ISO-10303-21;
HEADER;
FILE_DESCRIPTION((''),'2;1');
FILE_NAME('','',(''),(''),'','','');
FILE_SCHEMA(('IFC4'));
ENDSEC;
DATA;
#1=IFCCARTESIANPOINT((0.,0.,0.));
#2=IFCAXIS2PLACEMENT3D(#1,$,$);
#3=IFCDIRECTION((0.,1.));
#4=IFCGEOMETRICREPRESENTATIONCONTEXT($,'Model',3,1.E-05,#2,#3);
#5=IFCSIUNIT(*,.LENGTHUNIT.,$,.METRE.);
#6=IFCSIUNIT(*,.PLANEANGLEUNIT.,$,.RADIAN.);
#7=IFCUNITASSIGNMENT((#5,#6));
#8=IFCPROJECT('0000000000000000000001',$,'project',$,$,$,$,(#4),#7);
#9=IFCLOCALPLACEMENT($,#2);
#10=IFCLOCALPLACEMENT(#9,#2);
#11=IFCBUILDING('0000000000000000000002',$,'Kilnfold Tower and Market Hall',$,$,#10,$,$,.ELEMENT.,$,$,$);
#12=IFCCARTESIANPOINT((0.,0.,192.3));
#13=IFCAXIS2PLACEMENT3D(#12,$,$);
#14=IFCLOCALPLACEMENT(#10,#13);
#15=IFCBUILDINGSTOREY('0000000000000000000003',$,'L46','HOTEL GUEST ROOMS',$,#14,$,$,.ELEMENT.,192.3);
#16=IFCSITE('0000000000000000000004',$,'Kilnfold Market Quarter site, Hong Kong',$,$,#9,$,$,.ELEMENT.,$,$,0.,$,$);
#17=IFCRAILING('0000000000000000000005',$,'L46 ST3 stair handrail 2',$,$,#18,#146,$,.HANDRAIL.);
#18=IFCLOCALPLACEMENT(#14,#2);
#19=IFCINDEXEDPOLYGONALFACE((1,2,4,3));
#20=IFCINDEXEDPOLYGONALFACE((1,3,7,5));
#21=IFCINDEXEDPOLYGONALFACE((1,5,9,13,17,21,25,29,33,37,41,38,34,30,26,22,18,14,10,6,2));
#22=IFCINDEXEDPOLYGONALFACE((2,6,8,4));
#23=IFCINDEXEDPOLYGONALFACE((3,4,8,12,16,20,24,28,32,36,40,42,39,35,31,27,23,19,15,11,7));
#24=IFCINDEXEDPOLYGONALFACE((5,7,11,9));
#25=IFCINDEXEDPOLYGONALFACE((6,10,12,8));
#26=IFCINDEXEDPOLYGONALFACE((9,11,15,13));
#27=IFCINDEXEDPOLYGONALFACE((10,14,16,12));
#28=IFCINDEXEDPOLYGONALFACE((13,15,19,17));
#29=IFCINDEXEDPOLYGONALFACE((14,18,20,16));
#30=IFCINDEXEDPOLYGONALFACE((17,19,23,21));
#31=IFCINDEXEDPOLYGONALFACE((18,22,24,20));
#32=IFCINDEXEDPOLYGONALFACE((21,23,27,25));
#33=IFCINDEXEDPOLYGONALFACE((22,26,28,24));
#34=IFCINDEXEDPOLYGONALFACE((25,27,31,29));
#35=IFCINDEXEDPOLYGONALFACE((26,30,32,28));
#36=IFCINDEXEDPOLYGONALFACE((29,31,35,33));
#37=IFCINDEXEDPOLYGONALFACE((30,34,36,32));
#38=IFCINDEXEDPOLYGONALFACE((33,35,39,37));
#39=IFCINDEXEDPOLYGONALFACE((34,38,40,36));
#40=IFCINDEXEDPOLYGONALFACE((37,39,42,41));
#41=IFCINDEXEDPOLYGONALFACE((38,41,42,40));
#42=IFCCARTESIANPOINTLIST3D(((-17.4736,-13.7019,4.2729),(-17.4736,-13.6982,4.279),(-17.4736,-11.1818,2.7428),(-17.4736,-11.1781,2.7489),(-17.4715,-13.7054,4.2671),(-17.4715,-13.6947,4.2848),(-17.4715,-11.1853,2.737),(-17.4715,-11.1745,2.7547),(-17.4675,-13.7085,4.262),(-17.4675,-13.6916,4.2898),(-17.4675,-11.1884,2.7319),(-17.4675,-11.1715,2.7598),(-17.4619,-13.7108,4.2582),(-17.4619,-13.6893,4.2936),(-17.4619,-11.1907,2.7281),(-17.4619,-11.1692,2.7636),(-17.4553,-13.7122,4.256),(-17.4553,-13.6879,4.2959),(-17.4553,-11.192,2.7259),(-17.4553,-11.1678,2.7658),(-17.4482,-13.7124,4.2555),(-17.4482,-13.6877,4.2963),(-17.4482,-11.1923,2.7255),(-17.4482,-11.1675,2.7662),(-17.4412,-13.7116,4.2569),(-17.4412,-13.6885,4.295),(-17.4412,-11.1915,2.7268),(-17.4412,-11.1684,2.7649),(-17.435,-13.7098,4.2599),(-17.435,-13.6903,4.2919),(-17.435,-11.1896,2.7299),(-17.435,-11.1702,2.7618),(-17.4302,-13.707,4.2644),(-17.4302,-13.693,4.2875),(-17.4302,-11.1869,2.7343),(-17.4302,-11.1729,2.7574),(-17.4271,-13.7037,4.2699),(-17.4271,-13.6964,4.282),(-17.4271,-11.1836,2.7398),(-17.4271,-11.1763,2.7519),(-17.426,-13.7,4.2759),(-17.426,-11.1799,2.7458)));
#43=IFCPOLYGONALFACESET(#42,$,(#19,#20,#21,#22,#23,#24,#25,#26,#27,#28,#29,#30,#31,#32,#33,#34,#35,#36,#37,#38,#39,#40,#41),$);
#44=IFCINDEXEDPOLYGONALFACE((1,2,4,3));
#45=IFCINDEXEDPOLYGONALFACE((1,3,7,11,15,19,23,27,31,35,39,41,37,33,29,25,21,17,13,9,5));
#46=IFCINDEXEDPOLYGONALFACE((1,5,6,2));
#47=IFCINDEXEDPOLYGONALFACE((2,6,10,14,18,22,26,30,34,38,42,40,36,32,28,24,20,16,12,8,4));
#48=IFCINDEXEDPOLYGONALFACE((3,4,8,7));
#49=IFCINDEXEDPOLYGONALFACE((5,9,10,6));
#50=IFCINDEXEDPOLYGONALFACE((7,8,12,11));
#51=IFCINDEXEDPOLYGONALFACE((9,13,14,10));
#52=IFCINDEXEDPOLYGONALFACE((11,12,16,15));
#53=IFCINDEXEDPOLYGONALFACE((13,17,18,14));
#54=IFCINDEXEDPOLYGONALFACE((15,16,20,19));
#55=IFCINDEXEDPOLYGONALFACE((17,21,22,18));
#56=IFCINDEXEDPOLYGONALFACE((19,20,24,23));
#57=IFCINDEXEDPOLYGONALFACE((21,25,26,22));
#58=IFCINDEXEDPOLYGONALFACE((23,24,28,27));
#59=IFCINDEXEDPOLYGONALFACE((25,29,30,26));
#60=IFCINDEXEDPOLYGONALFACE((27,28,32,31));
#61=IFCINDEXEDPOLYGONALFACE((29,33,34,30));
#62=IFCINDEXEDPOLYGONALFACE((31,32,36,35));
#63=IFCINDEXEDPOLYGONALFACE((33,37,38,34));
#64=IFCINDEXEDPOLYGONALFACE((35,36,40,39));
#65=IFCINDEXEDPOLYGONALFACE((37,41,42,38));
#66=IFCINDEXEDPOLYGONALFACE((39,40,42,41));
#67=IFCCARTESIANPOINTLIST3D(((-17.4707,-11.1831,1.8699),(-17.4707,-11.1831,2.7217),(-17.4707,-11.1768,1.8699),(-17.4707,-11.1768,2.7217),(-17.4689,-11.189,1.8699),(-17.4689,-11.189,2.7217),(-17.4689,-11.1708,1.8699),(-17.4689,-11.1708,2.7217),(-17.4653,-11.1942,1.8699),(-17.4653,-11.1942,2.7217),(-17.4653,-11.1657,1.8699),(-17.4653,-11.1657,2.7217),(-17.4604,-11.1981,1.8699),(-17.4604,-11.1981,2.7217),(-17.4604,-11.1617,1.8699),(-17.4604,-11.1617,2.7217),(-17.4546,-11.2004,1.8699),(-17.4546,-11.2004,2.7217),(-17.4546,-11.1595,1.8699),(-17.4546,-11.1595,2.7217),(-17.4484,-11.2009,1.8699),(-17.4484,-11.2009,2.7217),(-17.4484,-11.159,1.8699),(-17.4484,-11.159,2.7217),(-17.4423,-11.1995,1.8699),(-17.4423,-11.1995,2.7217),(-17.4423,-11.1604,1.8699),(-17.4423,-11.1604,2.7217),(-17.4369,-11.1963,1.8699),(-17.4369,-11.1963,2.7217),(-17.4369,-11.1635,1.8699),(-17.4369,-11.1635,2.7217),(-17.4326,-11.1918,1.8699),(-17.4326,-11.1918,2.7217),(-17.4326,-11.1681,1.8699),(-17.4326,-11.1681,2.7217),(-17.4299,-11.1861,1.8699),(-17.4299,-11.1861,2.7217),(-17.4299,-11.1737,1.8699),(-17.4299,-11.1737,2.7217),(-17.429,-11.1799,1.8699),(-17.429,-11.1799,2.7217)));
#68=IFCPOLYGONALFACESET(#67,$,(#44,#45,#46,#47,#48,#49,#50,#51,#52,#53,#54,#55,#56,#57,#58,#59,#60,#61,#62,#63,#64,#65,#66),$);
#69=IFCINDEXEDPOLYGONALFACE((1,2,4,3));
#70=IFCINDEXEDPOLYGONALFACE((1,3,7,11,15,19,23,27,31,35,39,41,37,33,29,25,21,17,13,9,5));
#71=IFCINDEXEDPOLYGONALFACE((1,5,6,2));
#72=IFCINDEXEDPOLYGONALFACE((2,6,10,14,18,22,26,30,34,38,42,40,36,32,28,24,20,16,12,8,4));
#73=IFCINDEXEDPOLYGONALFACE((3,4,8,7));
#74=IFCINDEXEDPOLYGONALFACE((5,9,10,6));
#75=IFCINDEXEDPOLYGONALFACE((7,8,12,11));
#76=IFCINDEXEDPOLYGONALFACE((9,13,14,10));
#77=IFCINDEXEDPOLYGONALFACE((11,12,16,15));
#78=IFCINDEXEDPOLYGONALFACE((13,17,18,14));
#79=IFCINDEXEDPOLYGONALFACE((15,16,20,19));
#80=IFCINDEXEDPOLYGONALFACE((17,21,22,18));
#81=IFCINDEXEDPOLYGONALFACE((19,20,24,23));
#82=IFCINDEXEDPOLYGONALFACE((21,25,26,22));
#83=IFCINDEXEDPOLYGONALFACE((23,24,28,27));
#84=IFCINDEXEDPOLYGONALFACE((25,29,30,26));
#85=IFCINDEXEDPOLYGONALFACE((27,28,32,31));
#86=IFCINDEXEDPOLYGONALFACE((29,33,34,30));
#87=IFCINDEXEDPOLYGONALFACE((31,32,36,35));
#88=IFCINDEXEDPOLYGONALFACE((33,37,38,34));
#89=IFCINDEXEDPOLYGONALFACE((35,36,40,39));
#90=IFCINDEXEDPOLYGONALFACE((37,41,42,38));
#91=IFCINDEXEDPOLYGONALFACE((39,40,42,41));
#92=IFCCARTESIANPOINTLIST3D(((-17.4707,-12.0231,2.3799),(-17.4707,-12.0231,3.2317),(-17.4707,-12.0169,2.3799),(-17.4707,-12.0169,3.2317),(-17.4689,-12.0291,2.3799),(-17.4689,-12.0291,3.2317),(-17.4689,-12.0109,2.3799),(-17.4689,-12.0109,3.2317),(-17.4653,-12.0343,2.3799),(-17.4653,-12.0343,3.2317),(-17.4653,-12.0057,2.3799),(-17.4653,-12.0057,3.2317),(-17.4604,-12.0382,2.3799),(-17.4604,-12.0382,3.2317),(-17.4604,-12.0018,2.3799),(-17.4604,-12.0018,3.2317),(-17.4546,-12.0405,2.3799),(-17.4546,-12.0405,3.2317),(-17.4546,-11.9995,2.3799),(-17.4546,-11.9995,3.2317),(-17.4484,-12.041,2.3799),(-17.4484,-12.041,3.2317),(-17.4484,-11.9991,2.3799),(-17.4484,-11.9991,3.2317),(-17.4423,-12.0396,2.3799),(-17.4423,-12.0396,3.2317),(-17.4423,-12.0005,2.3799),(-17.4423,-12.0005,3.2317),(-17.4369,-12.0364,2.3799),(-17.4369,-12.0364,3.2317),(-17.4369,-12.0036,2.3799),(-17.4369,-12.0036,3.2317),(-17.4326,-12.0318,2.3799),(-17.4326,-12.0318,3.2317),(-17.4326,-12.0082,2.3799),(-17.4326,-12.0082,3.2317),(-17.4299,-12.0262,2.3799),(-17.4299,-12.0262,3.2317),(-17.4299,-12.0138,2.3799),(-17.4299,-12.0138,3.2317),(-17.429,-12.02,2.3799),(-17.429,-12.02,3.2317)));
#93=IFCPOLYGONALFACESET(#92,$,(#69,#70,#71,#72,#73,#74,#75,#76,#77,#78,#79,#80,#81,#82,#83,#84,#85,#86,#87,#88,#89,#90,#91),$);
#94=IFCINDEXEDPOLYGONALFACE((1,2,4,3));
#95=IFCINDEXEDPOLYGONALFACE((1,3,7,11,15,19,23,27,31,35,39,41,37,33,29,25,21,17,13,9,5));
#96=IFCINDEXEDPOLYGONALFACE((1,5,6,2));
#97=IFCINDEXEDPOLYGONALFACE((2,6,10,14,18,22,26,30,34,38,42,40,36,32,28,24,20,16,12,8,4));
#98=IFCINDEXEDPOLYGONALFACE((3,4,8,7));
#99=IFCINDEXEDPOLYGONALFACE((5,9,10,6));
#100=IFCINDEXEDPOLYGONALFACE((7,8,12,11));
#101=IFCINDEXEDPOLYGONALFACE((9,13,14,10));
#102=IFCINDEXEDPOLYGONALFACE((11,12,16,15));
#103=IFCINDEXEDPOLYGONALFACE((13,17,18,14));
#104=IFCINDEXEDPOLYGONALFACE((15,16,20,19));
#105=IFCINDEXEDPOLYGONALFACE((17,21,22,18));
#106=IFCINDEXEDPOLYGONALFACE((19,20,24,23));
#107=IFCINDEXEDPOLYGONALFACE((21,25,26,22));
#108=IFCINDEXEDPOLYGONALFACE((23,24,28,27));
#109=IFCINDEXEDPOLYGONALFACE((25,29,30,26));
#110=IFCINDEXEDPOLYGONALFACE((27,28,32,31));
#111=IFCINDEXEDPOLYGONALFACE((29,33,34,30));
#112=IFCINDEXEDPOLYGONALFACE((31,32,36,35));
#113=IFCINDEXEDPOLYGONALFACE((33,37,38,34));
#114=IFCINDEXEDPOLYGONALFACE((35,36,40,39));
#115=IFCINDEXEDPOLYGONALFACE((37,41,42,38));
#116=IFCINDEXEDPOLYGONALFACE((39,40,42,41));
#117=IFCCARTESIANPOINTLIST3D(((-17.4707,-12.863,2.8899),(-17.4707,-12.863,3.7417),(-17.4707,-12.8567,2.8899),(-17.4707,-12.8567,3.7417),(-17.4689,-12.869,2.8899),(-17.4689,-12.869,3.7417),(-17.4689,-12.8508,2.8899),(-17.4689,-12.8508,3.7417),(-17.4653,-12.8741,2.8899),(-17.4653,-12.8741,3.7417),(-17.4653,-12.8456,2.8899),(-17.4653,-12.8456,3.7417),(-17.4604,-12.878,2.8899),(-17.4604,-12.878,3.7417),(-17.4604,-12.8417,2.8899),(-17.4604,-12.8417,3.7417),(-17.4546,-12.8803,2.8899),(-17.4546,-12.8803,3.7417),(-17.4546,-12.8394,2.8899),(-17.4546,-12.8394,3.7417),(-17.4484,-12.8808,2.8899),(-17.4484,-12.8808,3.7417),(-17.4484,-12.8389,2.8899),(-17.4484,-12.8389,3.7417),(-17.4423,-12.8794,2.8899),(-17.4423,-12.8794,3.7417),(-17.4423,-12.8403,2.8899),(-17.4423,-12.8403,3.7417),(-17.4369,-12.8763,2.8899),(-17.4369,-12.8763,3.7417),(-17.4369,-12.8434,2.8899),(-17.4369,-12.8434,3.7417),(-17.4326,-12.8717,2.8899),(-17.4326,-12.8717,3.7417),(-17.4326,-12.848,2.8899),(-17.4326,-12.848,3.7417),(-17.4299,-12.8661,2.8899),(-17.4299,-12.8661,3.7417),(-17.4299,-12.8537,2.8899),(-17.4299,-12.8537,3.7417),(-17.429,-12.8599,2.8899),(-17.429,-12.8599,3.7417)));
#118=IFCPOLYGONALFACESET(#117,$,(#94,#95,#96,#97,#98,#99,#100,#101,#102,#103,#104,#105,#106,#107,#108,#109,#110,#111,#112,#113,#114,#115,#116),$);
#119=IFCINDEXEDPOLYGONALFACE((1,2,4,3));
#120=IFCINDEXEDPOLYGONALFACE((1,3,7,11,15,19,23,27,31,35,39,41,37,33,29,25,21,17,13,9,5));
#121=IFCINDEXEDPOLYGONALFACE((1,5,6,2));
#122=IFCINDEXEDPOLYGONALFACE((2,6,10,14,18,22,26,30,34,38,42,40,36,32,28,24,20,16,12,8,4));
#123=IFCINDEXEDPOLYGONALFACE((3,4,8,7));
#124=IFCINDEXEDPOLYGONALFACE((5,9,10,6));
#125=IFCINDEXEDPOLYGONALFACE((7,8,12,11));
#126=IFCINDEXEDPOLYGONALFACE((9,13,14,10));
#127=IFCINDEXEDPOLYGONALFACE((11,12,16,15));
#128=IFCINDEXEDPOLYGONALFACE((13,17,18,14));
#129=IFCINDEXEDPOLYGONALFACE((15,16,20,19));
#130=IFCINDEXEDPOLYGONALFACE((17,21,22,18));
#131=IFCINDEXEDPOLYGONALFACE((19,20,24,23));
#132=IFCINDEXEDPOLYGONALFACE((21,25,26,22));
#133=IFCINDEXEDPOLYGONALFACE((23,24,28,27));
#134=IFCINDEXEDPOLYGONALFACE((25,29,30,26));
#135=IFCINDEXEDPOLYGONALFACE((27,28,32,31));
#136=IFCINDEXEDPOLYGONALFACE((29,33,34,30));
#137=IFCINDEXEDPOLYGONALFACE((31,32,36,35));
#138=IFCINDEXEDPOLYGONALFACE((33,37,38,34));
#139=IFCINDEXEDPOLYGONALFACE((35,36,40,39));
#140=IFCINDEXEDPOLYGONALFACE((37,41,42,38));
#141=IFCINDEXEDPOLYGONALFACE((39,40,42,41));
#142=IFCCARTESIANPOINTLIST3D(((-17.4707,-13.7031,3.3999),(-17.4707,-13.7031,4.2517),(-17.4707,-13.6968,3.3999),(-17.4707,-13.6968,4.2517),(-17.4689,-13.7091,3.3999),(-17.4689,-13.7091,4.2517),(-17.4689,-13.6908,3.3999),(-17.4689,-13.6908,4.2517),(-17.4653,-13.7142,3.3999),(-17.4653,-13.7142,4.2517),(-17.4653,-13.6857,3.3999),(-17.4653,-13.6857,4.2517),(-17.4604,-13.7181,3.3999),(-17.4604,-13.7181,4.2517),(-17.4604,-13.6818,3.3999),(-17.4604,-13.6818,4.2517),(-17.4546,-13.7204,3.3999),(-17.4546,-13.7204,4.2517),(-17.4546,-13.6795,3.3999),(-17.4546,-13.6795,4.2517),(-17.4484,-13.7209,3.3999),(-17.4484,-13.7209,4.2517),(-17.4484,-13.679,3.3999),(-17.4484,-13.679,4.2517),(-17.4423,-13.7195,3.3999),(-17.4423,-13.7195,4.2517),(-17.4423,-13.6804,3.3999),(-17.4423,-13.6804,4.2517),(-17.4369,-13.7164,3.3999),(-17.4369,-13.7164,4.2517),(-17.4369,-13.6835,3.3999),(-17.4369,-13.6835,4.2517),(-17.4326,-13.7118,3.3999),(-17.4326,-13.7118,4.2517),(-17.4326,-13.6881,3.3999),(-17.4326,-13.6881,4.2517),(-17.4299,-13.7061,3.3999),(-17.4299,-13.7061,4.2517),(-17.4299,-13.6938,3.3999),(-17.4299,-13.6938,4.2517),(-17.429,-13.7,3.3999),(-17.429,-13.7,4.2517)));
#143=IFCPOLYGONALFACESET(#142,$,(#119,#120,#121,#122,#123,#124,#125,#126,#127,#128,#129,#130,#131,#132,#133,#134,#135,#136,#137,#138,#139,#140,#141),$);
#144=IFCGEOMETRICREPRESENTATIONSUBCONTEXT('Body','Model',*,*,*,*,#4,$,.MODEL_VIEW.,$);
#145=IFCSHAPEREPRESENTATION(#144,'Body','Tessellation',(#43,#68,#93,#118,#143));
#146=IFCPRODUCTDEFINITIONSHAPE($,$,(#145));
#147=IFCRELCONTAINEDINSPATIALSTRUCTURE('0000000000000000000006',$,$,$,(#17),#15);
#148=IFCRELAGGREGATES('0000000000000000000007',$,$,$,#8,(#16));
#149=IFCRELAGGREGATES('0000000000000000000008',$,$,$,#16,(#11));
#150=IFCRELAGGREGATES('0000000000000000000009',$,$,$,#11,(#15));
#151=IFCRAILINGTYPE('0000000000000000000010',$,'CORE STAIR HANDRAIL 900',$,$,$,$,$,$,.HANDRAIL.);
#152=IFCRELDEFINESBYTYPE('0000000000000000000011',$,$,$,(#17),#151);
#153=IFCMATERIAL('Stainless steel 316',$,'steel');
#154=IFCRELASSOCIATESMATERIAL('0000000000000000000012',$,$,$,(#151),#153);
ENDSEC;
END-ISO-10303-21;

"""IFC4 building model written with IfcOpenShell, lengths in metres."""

from ifc_helpers import new_model, si_unit, direction, frame, origin, origin_2d, place, context, subcontext, project, spatial, circle, extrude, material, type_object, element, save


model = new_model("IFC4")

# Units and contexts
model_context = context("Model", 3, precision=1e-05, world=origin(), true_north=direction((0.0, 1.0)))
body_context = subcontext(model_context, "Body", "Model", "MODEL_VIEW")
ifc_project = project(units=[si_unit("LENGTHUNIT", "METRE"), si_unit("PLANEANGLEUNIT", "RADIAN")], contexts=[model_context])

# Site, building, storey
site_placement = place(None, origin())
site = spatial("IfcSite", under=ifc_project, at=site_placement, Name="Kilnfold Market Quarter site, Hong Kong", CompositionType="ELEMENT", RefElevation=0.0)
building_placement = place(site_placement, origin())
building = spatial("IfcBuilding", under=site, at=building_placement, Name="Kilnfold Tower and Market Hall", CompositionType="ELEMENT")
storey_placement = place(building_placement, frame((0.0, 0.0, 192.3)))
storey = spatial("IfcBuildingStorey", under=building, at=storey_placement, Name="L46", Description="HOTEL GUEST ROOMS", CompositionType="ELEMENT", Elevation=192.3)

# Railing
ifc_material_1 = material(Name="Stainless steel 316", Category="steel")
railing_type = type_object("IfcRailingType", Name="CORE STAIR HANDRAIL 900", PredefinedType="HANDRAIL", material=ifc_material_1)
railing_placement = place(storey_placement, frame((-17.45, -11.1799, 1.8699)))
element("IfcRailing", 1, at=railing_placement, inside=storey, type_object=railing_type, Name="L46 ST3 stair handrail 2", PredefinedType="HANDRAIL", context=body_context, shape_type="SweptSolid", body=[
    extrude(circle(Radius=0.0239, at=origin_2d()), frame((0.0, 0.0, 0.876), z_axis=(0.0, -0.854785, 0.518982), x_axis=(1.0, 0.0, 0.0)), (0.0, 0.0, 1.0), 2.9482),
    extrude(circle(Radius=0.021, at=origin_2d()), origin(), (0.0, 0.0, 1.0), 0.8518),
    extrude(circle(Radius=0.021, at=origin_2d()), frame((0.0, -0.8401, 0.51)), (0.0, 0.0, 1.0), 0.8518),
    extrude(circle(Radius=0.021, at=origin_2d()), frame((0.0, -1.6799, 1.02)), (0.0, 0.0, 1.0), 0.8518),
    extrude(circle(Radius=0.021, at=origin_2d()), frame((0.0, -2.52, 1.53)), (0.0, 0.0, 1.0), 0.8518),
])

save(model, "model.ifc")
